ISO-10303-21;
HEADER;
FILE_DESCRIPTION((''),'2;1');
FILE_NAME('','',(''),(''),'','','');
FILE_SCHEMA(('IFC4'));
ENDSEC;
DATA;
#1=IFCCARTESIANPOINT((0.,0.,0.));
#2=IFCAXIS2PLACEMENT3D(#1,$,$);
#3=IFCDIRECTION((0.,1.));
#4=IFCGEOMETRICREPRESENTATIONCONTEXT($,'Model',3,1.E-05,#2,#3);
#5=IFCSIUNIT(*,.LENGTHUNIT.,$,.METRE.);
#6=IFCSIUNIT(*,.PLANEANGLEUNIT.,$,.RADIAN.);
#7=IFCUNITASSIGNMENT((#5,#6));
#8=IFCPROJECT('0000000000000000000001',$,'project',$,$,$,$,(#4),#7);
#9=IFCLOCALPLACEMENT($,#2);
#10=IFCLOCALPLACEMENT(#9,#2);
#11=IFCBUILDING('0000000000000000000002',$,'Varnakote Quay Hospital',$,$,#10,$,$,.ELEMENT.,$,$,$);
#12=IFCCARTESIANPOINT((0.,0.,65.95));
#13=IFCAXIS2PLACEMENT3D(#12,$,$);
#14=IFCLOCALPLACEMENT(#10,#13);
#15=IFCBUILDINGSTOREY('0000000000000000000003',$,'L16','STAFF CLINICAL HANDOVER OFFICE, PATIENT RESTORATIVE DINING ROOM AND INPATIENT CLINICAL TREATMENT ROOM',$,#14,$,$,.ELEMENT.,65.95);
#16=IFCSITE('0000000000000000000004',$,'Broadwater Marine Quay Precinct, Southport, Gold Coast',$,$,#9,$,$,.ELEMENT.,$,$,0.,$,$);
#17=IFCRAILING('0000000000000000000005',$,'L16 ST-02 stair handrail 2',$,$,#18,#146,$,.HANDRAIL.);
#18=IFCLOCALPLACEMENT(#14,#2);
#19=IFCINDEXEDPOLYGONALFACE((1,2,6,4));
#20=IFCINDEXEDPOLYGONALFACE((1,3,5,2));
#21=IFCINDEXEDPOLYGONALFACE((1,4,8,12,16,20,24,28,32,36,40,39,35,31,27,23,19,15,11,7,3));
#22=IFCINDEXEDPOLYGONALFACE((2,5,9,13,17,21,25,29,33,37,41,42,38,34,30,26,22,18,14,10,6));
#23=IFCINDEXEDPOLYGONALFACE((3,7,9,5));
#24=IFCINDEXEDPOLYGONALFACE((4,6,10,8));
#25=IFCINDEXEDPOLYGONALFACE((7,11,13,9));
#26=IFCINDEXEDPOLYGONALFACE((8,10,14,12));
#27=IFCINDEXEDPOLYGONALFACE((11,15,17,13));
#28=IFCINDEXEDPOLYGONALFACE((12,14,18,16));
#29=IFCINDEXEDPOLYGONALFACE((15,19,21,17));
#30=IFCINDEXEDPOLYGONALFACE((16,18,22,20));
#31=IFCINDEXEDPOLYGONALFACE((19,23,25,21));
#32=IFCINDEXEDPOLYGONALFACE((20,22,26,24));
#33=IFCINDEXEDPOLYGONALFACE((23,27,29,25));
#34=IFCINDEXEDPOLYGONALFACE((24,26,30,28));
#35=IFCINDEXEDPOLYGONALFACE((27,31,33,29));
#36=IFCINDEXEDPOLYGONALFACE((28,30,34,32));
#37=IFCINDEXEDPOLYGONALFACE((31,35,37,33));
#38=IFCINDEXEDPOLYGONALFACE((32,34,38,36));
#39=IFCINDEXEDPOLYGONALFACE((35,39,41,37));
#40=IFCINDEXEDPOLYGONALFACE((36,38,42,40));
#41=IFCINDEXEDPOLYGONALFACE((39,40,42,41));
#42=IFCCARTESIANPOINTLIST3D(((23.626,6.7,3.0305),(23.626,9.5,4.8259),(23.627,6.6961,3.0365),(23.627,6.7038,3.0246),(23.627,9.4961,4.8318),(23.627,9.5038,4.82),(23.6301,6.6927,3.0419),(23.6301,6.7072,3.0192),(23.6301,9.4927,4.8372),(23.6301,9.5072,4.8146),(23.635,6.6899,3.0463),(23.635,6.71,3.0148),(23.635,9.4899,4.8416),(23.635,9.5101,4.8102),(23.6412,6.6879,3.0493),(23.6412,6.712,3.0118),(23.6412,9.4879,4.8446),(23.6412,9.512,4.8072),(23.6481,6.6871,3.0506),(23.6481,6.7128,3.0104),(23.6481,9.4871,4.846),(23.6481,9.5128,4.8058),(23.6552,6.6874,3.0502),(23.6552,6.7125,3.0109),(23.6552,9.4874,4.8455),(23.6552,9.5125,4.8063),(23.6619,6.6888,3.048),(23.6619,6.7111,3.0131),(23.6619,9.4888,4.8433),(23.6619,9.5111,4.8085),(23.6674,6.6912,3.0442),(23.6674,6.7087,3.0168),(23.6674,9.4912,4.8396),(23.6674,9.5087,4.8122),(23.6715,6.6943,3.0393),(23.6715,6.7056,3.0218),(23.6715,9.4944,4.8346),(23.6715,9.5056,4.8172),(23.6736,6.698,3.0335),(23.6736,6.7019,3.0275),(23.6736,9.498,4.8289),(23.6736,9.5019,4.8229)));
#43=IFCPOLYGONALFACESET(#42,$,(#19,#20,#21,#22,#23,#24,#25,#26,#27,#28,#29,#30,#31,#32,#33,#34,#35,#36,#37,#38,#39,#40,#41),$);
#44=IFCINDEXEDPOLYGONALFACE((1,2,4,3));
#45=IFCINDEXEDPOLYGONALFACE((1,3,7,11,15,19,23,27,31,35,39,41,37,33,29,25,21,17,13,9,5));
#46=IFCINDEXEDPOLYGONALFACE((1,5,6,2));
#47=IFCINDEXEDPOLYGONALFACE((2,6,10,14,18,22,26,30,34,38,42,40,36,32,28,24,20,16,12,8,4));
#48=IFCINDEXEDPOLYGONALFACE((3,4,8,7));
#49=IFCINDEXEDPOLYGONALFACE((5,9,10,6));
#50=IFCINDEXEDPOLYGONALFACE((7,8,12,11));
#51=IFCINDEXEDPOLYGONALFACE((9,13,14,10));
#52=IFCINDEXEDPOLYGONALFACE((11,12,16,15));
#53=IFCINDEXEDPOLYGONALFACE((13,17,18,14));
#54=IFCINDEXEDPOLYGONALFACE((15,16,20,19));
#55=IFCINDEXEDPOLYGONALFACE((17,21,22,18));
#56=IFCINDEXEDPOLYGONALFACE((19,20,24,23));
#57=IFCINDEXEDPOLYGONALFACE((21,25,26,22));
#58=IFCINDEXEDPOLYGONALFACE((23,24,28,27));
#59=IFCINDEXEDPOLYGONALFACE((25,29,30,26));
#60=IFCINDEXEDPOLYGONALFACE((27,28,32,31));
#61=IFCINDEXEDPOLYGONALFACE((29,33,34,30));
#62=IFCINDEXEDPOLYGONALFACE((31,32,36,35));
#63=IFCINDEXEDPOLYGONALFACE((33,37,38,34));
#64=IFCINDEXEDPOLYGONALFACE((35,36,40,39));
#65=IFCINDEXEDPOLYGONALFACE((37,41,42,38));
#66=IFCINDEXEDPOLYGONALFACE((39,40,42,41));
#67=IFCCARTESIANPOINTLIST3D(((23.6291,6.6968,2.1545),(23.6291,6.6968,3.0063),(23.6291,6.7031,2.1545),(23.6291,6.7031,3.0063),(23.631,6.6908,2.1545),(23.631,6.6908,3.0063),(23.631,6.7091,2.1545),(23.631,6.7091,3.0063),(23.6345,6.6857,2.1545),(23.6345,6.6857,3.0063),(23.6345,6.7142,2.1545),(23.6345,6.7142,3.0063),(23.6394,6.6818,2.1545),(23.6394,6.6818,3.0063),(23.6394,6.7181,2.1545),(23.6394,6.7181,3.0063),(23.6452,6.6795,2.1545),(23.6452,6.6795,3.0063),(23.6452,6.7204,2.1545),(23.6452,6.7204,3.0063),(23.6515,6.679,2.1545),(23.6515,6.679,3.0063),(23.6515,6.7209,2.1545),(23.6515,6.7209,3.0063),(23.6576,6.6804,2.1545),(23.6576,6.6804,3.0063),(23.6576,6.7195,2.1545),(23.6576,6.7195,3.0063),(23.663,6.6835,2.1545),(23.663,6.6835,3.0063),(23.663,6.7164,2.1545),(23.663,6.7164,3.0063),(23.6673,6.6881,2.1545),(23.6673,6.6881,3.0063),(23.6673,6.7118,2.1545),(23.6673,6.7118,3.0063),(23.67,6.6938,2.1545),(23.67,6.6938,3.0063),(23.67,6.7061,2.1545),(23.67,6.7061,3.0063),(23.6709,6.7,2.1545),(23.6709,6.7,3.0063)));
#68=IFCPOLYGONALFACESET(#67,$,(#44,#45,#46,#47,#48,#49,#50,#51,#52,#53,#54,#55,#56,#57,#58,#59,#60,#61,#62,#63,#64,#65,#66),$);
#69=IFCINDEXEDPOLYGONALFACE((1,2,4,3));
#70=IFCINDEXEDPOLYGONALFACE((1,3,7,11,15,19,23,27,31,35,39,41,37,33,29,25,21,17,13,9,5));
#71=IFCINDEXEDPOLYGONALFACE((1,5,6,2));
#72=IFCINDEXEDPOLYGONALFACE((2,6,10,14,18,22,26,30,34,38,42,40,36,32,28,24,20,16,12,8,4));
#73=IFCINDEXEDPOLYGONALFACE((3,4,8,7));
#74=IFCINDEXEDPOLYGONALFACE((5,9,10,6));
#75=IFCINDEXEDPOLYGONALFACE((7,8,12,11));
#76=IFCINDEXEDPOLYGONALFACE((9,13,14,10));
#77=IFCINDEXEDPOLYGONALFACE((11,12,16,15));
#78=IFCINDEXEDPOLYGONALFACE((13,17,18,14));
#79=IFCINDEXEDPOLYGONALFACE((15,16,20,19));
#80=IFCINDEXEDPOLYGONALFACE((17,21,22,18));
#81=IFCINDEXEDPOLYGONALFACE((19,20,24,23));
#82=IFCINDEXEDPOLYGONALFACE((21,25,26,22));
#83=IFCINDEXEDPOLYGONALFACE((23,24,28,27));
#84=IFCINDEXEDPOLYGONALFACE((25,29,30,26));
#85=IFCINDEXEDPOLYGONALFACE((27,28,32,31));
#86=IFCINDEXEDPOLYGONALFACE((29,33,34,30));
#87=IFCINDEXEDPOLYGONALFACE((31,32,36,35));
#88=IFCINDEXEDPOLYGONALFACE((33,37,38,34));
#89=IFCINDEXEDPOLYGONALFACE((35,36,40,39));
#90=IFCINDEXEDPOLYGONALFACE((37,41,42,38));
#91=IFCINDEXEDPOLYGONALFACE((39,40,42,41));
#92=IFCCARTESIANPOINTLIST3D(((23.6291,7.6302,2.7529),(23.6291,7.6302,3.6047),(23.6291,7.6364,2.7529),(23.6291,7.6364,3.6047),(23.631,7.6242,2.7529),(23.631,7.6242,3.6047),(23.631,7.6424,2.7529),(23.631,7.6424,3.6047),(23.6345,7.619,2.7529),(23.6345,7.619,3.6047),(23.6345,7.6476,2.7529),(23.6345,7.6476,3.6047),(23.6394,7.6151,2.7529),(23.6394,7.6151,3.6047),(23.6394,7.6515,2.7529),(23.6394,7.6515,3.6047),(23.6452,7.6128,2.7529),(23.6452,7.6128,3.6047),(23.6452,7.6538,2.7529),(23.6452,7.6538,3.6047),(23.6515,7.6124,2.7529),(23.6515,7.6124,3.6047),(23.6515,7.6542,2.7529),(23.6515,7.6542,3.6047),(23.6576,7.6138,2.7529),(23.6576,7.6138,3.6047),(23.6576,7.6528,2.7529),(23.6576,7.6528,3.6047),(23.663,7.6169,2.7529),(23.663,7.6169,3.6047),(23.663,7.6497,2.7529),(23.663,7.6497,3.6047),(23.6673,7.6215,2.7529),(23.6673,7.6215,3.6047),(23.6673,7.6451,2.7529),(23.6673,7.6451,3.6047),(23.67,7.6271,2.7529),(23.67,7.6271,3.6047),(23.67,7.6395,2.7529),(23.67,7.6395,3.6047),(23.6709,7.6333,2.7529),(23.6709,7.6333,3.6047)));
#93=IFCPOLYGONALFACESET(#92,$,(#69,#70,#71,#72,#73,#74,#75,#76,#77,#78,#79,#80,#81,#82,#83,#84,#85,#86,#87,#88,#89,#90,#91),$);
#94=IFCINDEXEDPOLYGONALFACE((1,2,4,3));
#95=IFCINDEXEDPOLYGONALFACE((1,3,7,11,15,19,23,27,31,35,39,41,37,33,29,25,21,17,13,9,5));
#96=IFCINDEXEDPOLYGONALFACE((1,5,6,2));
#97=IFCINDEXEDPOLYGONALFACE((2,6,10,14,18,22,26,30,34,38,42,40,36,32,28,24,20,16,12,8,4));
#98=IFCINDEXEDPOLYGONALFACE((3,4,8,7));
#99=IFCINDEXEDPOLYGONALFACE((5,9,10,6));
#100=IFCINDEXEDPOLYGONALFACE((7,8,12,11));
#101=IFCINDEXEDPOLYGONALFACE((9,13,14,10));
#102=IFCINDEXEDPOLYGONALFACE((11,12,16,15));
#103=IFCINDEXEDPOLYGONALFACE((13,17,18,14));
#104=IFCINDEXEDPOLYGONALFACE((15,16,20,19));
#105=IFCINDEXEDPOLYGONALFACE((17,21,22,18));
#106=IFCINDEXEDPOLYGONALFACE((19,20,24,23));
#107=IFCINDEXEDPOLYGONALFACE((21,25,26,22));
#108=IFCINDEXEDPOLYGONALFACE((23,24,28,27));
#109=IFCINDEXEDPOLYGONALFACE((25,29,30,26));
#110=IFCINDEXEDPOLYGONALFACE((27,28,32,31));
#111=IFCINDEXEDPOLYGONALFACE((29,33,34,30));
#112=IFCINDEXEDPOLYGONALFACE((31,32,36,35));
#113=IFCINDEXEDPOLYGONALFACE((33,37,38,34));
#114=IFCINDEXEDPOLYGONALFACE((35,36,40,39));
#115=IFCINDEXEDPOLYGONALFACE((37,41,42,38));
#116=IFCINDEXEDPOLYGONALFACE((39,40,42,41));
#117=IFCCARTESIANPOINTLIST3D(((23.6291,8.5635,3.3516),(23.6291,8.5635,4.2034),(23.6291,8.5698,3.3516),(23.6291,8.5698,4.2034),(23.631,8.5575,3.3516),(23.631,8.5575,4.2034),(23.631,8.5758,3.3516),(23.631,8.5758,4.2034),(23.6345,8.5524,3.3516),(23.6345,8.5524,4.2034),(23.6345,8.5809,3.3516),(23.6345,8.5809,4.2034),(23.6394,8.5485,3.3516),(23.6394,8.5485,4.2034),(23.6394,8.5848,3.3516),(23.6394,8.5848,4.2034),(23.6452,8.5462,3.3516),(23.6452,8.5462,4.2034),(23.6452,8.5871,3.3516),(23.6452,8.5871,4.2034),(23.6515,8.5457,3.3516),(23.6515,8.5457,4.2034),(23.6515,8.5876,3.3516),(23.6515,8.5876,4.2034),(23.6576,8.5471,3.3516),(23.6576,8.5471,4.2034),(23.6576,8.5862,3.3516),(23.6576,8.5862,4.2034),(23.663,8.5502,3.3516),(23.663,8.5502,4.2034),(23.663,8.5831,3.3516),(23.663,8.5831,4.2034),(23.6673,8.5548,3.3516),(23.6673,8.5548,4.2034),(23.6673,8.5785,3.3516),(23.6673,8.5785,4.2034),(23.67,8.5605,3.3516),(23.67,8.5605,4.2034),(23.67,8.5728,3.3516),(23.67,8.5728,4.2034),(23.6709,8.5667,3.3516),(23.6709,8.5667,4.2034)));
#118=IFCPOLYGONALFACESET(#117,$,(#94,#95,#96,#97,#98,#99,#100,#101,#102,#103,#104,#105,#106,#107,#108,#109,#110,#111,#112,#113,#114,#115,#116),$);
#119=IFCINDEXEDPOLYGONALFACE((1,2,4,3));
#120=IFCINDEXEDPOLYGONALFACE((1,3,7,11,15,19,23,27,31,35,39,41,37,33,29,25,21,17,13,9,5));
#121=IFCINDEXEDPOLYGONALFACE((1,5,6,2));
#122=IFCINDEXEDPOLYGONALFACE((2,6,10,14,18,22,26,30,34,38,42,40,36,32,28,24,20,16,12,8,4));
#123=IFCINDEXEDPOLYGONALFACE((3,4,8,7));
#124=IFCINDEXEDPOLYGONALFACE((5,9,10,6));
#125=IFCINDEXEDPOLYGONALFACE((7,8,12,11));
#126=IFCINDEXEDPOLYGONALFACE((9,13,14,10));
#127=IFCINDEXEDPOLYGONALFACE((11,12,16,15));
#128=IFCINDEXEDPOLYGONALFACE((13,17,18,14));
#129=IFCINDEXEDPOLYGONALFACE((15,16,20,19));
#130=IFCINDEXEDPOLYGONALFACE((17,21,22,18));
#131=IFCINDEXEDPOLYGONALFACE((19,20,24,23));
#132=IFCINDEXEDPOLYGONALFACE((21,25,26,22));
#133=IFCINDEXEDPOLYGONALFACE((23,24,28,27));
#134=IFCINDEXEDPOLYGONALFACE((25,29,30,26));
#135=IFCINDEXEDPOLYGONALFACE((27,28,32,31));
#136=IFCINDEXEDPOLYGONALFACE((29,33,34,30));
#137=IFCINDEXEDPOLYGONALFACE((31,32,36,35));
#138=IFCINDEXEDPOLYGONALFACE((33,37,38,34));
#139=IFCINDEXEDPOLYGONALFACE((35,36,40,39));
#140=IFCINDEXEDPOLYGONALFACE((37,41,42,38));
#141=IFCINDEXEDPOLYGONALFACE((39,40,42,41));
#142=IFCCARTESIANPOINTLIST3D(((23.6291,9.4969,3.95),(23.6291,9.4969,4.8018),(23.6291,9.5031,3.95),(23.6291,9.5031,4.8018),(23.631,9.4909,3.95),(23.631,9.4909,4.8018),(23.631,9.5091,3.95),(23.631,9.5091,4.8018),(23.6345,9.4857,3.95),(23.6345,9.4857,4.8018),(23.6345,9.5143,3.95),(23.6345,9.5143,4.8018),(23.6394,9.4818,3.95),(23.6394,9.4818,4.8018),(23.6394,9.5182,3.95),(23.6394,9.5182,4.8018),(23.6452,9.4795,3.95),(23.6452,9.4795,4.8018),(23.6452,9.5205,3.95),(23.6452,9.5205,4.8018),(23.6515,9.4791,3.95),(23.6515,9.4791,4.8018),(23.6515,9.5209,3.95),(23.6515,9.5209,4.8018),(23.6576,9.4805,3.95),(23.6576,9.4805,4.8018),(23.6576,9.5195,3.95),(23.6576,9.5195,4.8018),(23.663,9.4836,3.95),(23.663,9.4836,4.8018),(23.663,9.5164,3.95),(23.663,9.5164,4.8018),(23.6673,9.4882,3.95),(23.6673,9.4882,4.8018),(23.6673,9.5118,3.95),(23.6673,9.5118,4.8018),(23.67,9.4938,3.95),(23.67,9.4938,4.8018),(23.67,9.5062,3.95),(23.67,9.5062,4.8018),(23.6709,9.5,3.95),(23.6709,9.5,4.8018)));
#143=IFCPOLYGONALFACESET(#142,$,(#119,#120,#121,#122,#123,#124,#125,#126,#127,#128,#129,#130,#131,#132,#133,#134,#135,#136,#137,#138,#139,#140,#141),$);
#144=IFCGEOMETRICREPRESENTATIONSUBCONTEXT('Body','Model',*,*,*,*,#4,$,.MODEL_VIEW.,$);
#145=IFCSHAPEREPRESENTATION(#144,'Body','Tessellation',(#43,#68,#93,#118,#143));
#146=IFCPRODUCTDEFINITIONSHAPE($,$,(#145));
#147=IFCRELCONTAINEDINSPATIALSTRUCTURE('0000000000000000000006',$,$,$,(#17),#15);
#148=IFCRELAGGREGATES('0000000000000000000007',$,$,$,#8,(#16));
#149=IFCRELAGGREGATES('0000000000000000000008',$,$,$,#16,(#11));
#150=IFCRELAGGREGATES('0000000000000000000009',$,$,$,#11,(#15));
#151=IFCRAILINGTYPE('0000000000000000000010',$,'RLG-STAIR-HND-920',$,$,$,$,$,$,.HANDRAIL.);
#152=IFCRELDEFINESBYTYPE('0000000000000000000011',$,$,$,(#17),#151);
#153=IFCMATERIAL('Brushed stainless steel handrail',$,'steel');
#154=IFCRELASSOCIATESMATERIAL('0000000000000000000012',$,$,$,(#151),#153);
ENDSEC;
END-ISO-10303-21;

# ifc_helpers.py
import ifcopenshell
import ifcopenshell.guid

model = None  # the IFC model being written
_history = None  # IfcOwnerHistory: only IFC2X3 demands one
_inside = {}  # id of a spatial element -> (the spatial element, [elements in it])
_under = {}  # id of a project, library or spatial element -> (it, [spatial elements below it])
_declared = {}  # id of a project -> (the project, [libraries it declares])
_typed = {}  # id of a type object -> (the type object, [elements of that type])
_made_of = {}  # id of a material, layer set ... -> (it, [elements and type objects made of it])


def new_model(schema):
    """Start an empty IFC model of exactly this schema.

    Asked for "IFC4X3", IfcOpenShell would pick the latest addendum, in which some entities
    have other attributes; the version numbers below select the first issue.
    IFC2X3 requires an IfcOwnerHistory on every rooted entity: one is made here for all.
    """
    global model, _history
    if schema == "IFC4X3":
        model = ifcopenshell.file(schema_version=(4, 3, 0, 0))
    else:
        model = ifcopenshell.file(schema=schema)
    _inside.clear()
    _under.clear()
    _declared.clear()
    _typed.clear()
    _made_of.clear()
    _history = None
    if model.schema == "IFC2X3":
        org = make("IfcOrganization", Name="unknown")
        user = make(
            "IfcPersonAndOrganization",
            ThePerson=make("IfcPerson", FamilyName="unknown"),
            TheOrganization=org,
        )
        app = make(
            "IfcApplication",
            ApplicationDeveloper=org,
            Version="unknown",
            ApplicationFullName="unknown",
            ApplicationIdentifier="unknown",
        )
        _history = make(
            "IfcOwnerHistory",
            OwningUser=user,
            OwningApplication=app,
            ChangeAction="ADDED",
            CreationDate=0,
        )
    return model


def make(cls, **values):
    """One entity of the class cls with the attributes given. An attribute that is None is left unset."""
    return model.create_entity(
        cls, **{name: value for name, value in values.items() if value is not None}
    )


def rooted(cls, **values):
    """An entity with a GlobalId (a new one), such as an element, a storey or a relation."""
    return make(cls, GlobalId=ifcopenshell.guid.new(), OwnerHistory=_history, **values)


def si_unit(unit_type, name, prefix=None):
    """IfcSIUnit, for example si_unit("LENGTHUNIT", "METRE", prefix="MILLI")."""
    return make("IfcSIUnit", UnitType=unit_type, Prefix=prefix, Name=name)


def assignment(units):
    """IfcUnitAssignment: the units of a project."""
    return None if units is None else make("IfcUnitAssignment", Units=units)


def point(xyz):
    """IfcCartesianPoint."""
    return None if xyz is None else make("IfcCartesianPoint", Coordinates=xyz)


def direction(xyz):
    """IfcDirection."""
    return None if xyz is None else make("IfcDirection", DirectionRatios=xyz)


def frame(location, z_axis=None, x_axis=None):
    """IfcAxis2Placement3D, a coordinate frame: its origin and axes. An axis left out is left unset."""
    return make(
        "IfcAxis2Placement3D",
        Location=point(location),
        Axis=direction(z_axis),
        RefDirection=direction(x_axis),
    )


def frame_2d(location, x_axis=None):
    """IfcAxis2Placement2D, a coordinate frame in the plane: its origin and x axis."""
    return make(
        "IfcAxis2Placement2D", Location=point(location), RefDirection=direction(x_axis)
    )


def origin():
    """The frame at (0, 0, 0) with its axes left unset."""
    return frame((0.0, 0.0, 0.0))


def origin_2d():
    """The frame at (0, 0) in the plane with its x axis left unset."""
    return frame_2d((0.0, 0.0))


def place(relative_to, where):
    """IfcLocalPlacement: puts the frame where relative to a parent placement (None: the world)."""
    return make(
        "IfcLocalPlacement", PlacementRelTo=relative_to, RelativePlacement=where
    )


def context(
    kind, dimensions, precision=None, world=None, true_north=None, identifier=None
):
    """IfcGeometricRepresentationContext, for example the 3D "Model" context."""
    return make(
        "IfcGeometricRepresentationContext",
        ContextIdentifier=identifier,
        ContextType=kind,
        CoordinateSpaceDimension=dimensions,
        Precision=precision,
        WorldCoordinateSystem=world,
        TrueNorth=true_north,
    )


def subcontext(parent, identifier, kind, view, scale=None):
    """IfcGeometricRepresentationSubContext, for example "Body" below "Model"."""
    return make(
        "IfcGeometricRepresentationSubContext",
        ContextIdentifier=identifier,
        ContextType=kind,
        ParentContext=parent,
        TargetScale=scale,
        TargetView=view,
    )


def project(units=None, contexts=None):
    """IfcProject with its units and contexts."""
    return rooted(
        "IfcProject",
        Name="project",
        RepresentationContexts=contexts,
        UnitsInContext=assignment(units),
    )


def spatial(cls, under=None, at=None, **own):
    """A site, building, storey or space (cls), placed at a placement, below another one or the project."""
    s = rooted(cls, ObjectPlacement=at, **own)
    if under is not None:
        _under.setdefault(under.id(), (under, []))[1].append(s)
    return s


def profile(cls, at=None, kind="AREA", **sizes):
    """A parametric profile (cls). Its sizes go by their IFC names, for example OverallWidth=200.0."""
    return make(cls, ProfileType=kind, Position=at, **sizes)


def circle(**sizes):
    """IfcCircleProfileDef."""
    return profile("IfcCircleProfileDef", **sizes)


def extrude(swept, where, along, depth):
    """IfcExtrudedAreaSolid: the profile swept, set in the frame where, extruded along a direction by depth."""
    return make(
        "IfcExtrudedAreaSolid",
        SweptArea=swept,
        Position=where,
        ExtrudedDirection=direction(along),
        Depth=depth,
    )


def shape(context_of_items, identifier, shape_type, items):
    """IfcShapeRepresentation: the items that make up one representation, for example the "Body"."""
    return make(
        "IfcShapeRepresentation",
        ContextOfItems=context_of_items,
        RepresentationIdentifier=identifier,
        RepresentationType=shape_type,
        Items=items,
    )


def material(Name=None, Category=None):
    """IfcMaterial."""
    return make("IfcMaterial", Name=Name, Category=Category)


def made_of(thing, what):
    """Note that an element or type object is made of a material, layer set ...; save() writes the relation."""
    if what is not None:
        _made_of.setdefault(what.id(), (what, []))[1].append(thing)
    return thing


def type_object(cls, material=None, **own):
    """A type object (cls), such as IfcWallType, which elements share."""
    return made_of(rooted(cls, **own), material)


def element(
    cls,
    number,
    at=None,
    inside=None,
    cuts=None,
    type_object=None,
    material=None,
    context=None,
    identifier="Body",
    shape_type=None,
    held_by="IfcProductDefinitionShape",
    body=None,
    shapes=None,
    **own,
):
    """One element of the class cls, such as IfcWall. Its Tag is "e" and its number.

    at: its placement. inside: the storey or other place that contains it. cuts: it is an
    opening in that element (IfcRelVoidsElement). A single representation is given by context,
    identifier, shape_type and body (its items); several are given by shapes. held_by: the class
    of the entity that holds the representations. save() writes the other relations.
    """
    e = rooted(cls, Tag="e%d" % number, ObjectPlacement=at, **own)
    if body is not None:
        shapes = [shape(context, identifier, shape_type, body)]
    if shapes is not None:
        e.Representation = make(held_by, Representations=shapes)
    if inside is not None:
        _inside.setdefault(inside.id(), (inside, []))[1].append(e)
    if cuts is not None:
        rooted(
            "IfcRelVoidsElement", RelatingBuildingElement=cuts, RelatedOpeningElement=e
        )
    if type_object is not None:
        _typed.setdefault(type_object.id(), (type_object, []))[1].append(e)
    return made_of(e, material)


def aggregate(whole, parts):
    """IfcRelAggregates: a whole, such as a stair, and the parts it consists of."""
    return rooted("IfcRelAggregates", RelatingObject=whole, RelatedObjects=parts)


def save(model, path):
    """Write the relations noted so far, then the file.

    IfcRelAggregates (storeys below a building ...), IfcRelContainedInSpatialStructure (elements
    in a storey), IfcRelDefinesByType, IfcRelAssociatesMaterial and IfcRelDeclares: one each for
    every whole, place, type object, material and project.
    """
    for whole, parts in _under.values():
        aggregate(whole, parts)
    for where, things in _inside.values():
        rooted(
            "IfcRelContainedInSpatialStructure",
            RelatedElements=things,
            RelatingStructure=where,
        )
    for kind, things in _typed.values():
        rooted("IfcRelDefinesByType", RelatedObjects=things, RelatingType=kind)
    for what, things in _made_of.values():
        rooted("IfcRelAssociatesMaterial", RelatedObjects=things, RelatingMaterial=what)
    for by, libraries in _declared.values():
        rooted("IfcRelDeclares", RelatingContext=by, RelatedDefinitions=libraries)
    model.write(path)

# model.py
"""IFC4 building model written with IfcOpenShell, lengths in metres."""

from ifc_helpers import new_model, si_unit, direction, frame, origin, origin_2d, place, context, subcontext, project, spatial, circle, extrude, material, type_object, element, save


model = new_model("IFC4")

# Units and contexts
model_context = context("Model", 3, precision=1e-05, world=origin(), true_north=direction((0.0, 1.0)))
body_context = subcontext(model_context, "Body", "Model", "MODEL_VIEW")
ifc_project = project(units=[si_unit("LENGTHUNIT", "METRE"), si_unit("PLANEANGLEUNIT", "RADIAN")], contexts=[model_context])

# Site, building, storey
site_placement = place(None, origin())
site = spatial("IfcSite", under=ifc_project, at=site_placement, Name="Broadwater Marine Quay Precinct, Southport, Gold Coast", CompositionType="ELEMENT", RefElevation=0.0)
building_placement = place(site_placement, origin())
building = spatial("IfcBuilding", under=site, at=building_placement, Name="Varnakote Quay Hospital", CompositionType="ELEMENT")
storey_placement = place(building_placement, frame((0.0, 0.0, 65.95)))
storey = spatial("IfcBuildingStorey", under=building, at=storey_placement, Name="L16", Description="STAFF CLINICAL HANDOVER OFFICE, PATIENT RESTORATIVE DINING ROOM AND INPATIENT CLINICAL TREATMENT ROOM", CompositionType="ELEMENT", Elevation=65.95)

# Railing
ifc_material_1 = material(Name="Brushed stainless steel handrail", Category="steel")
railing_type_1 = type_object("IfcRailingType", Name="RLG-STAIR-HND-920", PredefinedType="HANDRAIL", material=ifc_material_1)
railing_1_placement = place(storey_placement, frame((23.6499, 6.7, 2.1545)))
element("IfcRailing", 1, at=railing_1_placement, inside=storey, type_object=railing_type_1, Name="L16 ST-02 stair handrail 2", PredefinedType="HANDRAIL", context=body_context, shape_type="SweptSolid", body=[
    extrude(circle(Radius=0.0239, at=origin_2d()), frame((0.0, 0.0, 0.876), z_axis=(0.0, 0.84181, 0.539774), x_axis=(-1.0, 0.0, 0.0)), (0.0, 0.0, 1.0), 3.3262),
    extrude(circle(Radius=0.021, at=origin_2d()), origin(), (0.0, 0.0, 1.0), 0.8518),
    extrude(circle(Radius=0.021, at=origin_2d()), frame((0.0, 0.9333, 0.5984)), (0.0, 0.0, 1.0), 0.8518),
    extrude(circle(Radius=0.021, at=origin_2d()), frame((0.0, 1.8667, 1.197)), (0.0, 0.0, 1.0), 0.8518),
    extrude(circle(Radius=0.021, at=origin_2d()), frame((0.0, 2.8, 1.7954)), (0.0, 0.0, 1.0), 0.8518),
])

save(model, "model.ifc")
